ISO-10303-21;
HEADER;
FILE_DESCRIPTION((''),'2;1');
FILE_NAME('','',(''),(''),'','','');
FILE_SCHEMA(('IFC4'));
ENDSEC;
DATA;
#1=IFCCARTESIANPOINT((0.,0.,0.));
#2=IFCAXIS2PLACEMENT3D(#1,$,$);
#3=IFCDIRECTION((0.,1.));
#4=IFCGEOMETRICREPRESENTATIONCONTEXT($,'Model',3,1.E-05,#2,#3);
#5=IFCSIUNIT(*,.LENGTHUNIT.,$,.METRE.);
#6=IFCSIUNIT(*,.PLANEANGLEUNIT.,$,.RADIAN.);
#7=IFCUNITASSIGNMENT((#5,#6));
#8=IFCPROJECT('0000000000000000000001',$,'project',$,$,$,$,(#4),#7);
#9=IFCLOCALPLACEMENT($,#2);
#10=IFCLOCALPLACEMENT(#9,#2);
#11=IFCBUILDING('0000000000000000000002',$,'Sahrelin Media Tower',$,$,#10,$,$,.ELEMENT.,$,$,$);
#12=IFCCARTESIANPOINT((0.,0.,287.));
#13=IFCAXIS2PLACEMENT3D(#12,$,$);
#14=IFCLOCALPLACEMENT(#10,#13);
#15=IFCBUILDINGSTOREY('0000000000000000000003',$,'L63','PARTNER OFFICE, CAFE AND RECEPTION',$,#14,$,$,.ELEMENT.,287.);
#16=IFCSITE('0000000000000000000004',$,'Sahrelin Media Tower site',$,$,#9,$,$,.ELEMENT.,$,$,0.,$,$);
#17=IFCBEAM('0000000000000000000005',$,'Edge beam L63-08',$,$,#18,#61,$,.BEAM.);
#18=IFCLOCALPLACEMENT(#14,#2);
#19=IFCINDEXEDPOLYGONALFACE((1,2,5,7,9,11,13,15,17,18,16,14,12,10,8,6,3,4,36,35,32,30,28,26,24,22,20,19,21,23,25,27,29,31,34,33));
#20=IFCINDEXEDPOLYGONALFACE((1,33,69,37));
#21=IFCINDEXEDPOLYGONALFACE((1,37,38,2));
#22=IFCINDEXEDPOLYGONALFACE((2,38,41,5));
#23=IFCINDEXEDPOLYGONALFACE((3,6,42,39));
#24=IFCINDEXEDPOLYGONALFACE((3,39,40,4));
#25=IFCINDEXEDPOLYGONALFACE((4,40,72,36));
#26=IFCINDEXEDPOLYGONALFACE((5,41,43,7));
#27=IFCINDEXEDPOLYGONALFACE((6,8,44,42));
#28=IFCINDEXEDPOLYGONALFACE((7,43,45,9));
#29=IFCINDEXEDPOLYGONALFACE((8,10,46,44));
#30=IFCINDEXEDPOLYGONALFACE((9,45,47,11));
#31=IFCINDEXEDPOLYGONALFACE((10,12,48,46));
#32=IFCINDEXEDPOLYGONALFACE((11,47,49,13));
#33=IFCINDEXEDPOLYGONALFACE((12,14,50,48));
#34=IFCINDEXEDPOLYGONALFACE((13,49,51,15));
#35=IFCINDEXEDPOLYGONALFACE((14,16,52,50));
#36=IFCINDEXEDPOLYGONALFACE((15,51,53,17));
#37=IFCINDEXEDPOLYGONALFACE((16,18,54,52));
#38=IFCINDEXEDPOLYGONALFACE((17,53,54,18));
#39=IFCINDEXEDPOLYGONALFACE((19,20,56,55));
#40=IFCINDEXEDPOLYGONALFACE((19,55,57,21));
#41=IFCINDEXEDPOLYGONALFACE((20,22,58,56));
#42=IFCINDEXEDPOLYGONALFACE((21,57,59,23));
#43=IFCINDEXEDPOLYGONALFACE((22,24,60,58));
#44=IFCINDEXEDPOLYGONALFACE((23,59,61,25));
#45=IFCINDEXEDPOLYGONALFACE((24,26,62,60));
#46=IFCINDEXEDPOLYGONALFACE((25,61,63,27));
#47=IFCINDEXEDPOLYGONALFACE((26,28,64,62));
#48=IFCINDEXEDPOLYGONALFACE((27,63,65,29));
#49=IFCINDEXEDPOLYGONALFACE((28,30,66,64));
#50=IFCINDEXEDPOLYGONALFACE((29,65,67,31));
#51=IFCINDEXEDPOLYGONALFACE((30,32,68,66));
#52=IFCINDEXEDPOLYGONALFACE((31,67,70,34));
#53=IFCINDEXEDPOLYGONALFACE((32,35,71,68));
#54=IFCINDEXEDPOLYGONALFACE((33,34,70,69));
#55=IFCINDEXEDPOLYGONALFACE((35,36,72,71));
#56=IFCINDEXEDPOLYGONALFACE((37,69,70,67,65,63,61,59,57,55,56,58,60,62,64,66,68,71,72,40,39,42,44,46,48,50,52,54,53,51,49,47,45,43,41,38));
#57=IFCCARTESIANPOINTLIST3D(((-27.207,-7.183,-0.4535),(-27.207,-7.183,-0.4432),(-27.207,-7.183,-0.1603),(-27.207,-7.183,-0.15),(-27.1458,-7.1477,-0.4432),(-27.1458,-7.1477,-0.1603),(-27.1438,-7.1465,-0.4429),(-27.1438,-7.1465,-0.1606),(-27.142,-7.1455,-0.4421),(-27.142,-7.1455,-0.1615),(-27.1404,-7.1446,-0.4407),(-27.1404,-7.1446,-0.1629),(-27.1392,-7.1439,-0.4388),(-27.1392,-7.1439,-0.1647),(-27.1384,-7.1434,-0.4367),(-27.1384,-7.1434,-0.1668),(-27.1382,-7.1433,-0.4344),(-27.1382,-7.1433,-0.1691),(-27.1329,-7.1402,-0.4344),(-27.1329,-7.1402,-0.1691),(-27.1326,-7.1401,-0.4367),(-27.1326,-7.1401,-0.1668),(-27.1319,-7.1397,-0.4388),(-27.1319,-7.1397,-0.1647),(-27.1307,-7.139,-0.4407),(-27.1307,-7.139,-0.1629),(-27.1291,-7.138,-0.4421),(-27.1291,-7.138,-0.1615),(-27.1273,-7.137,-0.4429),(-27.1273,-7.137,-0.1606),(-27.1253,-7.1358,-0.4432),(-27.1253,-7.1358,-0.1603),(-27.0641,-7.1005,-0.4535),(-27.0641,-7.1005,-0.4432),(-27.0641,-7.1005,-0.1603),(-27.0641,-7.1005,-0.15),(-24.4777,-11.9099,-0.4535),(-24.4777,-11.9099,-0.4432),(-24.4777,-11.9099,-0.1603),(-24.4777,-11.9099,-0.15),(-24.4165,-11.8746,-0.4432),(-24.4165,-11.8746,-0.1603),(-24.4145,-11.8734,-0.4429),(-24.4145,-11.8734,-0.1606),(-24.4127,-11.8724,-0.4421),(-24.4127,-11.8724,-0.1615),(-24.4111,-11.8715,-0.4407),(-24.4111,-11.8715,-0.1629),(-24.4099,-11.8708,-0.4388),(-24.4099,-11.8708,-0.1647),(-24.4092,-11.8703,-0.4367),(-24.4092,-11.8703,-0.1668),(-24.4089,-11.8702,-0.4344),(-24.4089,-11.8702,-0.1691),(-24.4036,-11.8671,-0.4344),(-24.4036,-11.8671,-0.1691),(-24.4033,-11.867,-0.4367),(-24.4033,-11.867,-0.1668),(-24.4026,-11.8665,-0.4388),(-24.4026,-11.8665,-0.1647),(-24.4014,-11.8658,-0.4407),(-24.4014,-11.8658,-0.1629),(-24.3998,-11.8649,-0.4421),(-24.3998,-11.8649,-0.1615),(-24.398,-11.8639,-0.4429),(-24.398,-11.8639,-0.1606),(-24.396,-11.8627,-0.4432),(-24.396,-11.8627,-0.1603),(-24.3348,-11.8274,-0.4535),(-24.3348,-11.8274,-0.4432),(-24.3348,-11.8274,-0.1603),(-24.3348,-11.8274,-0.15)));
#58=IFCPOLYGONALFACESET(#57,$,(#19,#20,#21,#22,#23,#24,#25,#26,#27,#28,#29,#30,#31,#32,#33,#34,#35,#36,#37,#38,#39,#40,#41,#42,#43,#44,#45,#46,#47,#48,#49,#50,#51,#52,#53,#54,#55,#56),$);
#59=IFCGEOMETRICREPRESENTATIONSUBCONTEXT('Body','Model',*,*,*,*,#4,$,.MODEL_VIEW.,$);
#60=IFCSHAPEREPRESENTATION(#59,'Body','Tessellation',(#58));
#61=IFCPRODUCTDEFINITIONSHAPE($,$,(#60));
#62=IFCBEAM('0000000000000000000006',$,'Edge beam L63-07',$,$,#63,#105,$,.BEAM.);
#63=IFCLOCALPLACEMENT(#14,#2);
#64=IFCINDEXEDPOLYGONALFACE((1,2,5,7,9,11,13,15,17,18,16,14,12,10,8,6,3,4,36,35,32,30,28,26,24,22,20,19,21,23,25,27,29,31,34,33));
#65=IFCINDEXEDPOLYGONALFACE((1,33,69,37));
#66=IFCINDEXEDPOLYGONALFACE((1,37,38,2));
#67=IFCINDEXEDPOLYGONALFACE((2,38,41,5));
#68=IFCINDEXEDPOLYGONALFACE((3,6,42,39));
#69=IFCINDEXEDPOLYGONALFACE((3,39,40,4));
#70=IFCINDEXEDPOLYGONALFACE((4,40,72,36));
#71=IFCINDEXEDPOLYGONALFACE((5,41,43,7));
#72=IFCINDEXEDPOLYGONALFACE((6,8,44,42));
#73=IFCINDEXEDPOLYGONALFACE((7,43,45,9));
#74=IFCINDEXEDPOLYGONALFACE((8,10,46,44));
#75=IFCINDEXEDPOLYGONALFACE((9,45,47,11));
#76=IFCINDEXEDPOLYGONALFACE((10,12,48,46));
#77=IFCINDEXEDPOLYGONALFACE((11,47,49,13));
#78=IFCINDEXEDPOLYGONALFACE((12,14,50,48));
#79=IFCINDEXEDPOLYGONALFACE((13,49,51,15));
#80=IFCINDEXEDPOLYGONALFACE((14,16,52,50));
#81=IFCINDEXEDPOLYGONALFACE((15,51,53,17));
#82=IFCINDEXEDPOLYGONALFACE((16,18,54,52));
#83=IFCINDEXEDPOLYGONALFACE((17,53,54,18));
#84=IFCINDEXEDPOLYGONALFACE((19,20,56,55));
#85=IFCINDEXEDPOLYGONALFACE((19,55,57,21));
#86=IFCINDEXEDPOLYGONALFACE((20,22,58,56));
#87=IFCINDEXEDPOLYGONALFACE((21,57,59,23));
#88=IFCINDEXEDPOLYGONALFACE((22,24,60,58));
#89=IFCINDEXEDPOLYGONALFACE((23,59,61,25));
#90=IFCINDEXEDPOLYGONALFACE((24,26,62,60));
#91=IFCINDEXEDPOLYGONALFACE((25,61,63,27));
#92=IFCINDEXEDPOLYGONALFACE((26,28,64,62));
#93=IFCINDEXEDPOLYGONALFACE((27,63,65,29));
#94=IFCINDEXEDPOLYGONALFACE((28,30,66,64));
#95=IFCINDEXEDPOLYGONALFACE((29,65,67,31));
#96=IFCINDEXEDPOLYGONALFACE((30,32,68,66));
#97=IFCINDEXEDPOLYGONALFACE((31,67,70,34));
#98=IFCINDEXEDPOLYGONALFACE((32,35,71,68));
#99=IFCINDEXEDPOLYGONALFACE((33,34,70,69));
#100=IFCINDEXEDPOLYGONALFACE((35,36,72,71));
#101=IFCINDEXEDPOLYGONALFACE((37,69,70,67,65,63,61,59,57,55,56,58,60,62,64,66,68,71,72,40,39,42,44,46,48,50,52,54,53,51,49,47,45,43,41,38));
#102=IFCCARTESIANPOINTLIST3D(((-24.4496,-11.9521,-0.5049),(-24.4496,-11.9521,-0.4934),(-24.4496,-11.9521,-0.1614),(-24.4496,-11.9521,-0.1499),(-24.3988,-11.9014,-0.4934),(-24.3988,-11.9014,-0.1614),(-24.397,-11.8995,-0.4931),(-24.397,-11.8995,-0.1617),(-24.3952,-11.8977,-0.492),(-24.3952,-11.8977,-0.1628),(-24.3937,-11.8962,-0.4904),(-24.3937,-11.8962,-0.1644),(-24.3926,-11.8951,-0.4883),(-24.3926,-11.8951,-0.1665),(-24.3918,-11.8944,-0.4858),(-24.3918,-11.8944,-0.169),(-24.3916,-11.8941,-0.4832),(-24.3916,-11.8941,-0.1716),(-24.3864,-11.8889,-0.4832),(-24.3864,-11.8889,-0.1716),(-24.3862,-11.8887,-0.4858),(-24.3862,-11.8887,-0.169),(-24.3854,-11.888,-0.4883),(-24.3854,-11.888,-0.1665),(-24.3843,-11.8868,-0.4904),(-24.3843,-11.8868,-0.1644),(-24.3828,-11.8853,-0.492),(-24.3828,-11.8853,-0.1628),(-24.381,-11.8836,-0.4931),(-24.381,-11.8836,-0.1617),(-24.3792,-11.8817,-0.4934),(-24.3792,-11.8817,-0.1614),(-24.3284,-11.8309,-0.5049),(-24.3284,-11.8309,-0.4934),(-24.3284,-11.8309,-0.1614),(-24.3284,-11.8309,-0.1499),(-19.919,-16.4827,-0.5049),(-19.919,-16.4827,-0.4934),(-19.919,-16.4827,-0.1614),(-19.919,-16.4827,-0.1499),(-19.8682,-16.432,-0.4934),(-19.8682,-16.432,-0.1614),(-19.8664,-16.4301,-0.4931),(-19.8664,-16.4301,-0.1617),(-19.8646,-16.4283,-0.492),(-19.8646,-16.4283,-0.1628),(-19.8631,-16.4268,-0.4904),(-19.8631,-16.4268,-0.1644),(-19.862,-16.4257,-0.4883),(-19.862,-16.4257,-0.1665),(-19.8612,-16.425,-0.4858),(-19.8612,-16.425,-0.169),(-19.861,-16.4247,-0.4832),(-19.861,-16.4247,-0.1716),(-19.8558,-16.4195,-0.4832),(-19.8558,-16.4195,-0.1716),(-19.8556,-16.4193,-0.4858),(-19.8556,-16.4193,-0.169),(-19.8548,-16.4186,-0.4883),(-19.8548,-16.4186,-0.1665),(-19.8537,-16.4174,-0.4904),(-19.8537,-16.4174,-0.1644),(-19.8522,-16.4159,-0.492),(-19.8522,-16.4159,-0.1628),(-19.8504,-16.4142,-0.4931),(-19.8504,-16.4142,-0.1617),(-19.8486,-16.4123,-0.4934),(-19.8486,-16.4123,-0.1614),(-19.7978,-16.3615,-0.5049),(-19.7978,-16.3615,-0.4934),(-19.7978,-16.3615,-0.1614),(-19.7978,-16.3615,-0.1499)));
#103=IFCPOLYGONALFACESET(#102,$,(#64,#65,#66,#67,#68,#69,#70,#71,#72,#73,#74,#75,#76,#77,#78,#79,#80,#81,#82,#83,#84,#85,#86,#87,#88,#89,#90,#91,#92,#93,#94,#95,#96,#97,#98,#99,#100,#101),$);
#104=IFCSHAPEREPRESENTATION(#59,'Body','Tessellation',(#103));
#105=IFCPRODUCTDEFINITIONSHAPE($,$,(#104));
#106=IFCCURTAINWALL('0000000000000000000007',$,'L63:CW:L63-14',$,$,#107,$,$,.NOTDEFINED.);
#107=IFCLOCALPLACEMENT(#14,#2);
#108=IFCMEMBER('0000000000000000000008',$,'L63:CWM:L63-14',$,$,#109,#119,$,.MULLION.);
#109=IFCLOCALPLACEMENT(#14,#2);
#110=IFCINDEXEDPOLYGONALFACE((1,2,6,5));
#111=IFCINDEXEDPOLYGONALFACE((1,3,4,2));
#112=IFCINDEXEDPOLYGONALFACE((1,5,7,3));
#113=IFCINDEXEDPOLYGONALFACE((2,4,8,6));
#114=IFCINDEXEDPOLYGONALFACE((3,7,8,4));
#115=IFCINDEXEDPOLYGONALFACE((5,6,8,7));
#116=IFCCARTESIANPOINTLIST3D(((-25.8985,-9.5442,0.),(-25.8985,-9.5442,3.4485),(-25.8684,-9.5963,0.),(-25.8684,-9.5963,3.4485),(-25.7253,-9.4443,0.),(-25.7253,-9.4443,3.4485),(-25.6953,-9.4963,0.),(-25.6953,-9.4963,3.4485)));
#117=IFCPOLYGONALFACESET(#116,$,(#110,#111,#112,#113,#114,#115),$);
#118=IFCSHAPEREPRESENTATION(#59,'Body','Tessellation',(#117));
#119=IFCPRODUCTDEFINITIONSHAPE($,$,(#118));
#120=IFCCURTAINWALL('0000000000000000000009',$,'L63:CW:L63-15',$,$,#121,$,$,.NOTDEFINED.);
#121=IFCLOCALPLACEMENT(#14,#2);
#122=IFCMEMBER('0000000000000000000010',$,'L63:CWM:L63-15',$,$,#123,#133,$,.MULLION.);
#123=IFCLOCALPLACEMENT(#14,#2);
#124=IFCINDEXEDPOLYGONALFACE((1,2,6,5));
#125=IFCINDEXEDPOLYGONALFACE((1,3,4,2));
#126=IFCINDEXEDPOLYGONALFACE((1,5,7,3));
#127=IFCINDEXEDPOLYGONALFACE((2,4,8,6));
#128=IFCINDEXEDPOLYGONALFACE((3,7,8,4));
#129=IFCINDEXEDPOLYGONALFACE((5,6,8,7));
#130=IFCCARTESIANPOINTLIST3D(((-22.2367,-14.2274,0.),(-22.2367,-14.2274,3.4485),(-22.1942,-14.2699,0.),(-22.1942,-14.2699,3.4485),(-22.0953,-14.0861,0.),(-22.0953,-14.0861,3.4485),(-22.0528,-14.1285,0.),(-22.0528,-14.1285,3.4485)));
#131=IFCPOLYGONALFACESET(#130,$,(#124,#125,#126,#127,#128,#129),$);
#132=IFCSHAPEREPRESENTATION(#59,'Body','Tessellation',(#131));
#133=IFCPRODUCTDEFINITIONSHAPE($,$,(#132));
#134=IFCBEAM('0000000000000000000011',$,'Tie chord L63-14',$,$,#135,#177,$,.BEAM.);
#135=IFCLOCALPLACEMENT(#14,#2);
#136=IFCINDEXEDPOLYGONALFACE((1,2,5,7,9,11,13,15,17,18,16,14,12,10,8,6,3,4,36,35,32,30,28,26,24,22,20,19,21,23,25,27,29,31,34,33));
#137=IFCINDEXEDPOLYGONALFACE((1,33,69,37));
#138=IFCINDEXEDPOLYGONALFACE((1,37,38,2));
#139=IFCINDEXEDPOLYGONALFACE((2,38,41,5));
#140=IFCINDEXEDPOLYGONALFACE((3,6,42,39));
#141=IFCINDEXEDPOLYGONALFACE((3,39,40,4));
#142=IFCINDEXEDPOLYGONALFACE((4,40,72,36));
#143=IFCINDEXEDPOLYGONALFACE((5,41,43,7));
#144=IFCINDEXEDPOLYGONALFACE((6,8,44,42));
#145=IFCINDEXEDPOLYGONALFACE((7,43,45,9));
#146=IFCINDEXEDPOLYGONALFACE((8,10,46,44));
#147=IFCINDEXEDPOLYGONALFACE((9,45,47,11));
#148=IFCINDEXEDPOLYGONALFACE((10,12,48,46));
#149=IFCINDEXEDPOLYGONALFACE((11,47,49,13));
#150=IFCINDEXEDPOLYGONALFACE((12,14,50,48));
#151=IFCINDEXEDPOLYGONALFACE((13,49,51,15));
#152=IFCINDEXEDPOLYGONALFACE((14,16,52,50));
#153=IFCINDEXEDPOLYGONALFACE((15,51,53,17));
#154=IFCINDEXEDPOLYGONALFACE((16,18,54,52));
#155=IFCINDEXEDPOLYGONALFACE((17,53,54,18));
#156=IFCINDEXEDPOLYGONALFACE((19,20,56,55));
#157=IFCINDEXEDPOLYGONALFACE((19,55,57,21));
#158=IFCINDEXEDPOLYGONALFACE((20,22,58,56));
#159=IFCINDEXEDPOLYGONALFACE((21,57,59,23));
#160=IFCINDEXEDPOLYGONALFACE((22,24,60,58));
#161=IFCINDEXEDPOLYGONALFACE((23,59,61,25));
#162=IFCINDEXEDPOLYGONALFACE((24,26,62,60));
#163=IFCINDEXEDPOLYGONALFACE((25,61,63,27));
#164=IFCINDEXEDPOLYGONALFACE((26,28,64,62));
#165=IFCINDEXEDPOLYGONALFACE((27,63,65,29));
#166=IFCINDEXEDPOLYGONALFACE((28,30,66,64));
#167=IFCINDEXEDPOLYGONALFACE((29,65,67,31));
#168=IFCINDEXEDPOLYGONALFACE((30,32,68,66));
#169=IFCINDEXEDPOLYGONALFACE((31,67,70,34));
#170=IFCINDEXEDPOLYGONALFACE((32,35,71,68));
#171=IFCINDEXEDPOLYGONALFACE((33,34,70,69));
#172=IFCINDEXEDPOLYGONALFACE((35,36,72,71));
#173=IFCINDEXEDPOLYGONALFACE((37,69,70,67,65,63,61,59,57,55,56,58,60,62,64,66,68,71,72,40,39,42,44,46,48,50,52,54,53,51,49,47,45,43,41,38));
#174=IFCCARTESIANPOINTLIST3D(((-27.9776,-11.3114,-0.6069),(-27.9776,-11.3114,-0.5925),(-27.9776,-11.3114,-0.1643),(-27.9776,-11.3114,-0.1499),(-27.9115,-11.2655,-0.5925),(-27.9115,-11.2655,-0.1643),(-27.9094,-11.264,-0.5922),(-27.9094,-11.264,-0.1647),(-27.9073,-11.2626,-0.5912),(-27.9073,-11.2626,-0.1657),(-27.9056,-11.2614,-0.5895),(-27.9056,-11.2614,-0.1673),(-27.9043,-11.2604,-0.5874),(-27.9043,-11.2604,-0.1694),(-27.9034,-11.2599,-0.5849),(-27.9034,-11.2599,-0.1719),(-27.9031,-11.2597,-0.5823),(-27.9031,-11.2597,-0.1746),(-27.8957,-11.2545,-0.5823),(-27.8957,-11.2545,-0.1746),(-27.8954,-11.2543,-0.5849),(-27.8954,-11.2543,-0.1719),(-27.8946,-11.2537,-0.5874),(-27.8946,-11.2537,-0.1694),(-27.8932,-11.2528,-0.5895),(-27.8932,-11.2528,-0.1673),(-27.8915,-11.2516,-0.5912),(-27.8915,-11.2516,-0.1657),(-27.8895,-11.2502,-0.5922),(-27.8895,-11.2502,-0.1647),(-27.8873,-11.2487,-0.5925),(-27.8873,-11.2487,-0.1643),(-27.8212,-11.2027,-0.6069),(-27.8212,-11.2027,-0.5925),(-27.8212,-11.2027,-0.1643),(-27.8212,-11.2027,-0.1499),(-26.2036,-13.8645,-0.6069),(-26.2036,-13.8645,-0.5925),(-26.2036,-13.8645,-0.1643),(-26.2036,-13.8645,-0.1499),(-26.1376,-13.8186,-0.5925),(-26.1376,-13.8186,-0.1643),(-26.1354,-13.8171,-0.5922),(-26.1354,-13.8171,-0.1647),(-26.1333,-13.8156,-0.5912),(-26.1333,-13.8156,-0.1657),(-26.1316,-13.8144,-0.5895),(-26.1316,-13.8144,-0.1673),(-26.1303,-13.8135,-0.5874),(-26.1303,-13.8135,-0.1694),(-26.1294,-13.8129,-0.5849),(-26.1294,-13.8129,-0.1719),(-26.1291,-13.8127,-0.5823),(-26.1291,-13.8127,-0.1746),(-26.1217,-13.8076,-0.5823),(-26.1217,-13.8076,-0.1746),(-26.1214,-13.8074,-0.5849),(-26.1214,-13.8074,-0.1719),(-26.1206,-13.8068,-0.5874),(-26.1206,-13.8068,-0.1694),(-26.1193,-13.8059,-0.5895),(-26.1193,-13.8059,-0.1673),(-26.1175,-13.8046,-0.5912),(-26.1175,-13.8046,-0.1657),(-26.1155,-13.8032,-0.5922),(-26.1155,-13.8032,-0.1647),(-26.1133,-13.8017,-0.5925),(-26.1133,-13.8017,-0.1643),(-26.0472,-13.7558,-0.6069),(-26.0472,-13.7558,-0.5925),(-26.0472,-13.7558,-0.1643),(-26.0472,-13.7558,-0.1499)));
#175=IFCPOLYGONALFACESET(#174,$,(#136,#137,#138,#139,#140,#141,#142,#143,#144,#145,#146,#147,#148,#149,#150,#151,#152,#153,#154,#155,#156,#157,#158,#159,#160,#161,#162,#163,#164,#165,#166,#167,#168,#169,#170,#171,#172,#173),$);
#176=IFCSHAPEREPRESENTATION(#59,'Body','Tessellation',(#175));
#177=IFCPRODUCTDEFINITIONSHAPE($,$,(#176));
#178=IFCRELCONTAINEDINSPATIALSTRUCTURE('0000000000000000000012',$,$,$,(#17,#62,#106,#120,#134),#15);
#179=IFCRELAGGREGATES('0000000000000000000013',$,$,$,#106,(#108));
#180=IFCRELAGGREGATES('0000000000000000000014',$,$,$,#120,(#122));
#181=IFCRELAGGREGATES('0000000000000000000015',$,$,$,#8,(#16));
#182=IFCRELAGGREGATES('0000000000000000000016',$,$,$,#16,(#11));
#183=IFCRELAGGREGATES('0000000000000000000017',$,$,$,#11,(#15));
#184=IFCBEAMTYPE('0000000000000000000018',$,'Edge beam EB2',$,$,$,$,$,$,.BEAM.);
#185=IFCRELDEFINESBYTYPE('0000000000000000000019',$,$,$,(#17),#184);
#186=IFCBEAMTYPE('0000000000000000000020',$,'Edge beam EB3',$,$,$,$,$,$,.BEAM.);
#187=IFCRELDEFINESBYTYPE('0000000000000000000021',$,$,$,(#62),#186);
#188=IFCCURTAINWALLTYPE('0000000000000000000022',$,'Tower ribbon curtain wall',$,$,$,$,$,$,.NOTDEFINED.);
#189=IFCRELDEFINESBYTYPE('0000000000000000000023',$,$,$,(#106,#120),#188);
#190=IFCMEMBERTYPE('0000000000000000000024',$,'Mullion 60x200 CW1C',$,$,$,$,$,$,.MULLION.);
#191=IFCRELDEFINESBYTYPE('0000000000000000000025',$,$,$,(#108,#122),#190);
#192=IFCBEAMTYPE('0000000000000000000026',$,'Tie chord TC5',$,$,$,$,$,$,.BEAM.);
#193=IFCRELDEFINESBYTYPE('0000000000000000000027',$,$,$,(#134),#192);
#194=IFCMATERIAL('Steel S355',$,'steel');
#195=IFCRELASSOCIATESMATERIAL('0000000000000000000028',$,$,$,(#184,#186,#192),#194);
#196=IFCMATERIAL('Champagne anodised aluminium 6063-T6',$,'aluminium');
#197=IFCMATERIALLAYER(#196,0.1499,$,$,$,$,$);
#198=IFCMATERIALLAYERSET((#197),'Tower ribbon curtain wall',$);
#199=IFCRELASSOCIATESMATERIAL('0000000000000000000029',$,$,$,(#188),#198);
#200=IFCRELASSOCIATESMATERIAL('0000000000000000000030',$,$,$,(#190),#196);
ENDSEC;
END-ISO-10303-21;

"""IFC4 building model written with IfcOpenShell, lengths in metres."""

from ifc_helpers import new_model, si_unit, direction, frame, origin, origin_2d, place, context, subcontext, project, spatial, rectangle, i_section, extrude, material, layer, layer_set, material_profile, profile_set, type_object, element, aggregate, save


model = new_model("IFC4")

# Units and contexts
model_context = context("Model", 3, precision=1e-05, world=origin(), true_north=direction((0.0, 1.0)))
body_context = subcontext(model_context, "Body", "Model", "MODEL_VIEW")
ifc_project = project(units=[si_unit("LENGTHUNIT", "METRE"), si_unit("PLANEANGLEUNIT", "RADIAN")], contexts=[model_context])

# Site, building, storey
site_placement = place(None, origin())
site = spatial("IfcSite", under=ifc_project, at=site_placement, Name="Sahrelin Media Tower site", CompositionType="ELEMENT", RefElevation=0.0)
building_placement = place(site_placement, origin())
building = spatial("IfcBuilding", under=site, at=building_placement, Name="Sahrelin Media Tower", CompositionType="ELEMENT")
storey_placement = place(building_placement, frame((0.0, 0.0, 287.0)))
storey = spatial("IfcBuildingStorey", under=building, at=storey_placement, Name="L63", Description="PARTNER OFFICE, CAFE AND RECEPTION", CompositionType="ELEMENT", Elevation=287.0)

# Beams
ifc_material_1 = material(Name="Steel S355", Category="steel")
ifc_material_profile_1 = material_profile(ifc_material_1, i_section(OverallWidth=0.165, OverallDepth=0.3035, WebThickness=0.0061, FlangeThickness=0.0103, FilletRadius=0.0088, at=origin_2d()), Name="UB 305x165x40")
ifc_profile_set_1 = profile_set([ifc_material_profile_1], Name="Steel S355")
beam_type_1 = type_object("IfcBeamType", Name="Edge beam EB2", PredefinedType="BEAM", material=ifc_profile_set_1)
beam_1_placement = place(storey_placement, frame((-24.4062, -11.8687, -0.3018), z_axis=(-0.500031, 0.866008, 0.0), x_axis=(-0.866008, -0.500031, 0.0)))
element("IfcBeam", 1, at=beam_1_placement, inside=storey, type_object=beam_type_1, Name="Edge beam L63-08", PredefinedType="BEAM", context=body_context, shape_type="SweptSolid", body=[
    extrude(i_section(OverallWidth=0.165, OverallDepth=0.3035, WebThickness=0.0061, FlangeThickness=0.0103, FilletRadius=0.0088, at=origin_2d()), origin(), (0.0, 0.0, 1.0), 5.4583),
])
ifc_material_profile_2 = material_profile(ifc_material_1, i_section(OverallWidth=0.1714, OverallDepth=0.355, WebThickness=0.0073, FlangeThickness=0.0115, FilletRadius=0.0103, at=origin_2d()), Name="UB 356x171x51")
ifc_profile_set_2 = profile_set([ifc_material_profile_2], Name="Steel S355")
beam_type_2 = type_object("IfcBeamType", Name="Edge beam EB3", PredefinedType="BEAM", material=ifc_profile_set_2)
beam_2_placement = place(storey_placement, frame((-19.8584, -16.4221, -0.3274), z_axis=(-0.707107, 0.707107, 0.0), x_axis=(-0.707107, -0.707107, 0.0)))
element("IfcBeam", 2, at=beam_2_placement, inside=storey, type_object=beam_type_2, Name="Edge beam L63-07", PredefinedType="BEAM", context=body_context, shape_type="SweptSolid", body=[
    extrude(i_section(OverallWidth=0.1714, OverallDepth=0.355, WebThickness=0.0073, FlangeThickness=0.0115, FilletRadius=0.0103, at=origin_2d()), origin(), (0.0, 0.0, 1.0), 6.4072),
])

# Curtain walls, members
ifc_material_2 = material(Name="Champagne anodised aluminium 6063-T6", Category="aluminium")
ifc_layer_1 = layer(ifc_material_2, 0.1499)
ifc_layer_set_1 = layer_set([ifc_layer_1], Name="Tower ribbon curtain wall")
curtain_wall_type = type_object("IfcCurtainWallType", Name="Tower ribbon curtain wall", PredefinedType="NOTDEFINED", material=ifc_layer_set_1)
curtain_wall_1_placement = place(storey_placement, frame((-25.9006, -9.5801, 0.0), z_axis=(0.0, 0.0, 1.0), x_axis=(1.0, 0.0, 0.0)))
curtain_wall_1 = element("IfcCurtainWall", 3, at=curtain_wall_1_placement, inside=storey, type_object=curtain_wall_type, Name="L63:CW:L63-14", PredefinedType="NOTDEFINED")
ifc_material_profile_3 = material_profile(ifc_material_2, rectangle(XDim=0.0601, YDim=0.2, at=origin_2d()), Name="Mullion 60x200")
ifc_profile_set_3 = profile_set([ifc_material_profile_3], Name="Champagne anodised aluminium 6063-T6")
member_type_1 = type_object("IfcMemberType", Name="Mullion 60x200 CW1C", PredefinedType="MULLION", material=ifc_profile_set_3)
member_1_placement = place(storey_placement, frame((-25.7969, -9.5203, 0.0), z_axis=(0.0, 0.0, 1.0), x_axis=(0.500006, -0.866022, 0.0)))
member_1 = element("IfcMember", 4, at=member_1_placement, type_object=member_type_1, Name="L63:CWM:L63-14", PredefinedType="MULLION", context=body_context, shape_type="SweptSolid", body=[
    extrude(rectangle(XDim=0.0601, YDim=0.2, at=origin_2d()), origin(), (0.0, 0.0, 1.0), 3.4485),
])
aggregate(curtain_wall_1, [member_1])
curtain_wall_2_placement = place(storey_placement, frame((-22.2295, -14.2627, 0.0), z_axis=(0.0, 0.0, 1.0), x_axis=(1.0, 0.0, 0.0)))
curtain_wall_2 = element("IfcCurtainWall", 5, at=curtain_wall_2_placement, inside=storey, type_object=curtain_wall_type, Name="L63:CW:L63-15", PredefinedType="NOTDEFINED")
member_2_placement = place(storey_placement, frame((-22.1448, -14.178, 0.0), z_axis=(0.0, 0.0, 1.0), x_axis=(0.707099, -0.707114, 0.0)))
member_2 = element("IfcMember", 6, at=member_2_placement, type_object=member_type_1, Name="L63:CWM:L63-15", PredefinedType="MULLION", context=body_context, shape_type="SweptSolid", body=[
    extrude(rectangle(XDim=0.0601, YDim=0.2, at=origin_2d()), origin(), (0.0, 0.0, 1.0), 3.4485),
])

# Beam
ifc_material_profile_4 = material_profile(ifc_material_1, i_section(OverallWidth=0.1904, OverallDepth=0.457, WebThickness=0.009, FlangeThickness=0.0144, FilletRadius=0.0103, at=origin_2d()), Name="UB 457x191x74")
ifc_profile_set_4 = profile_set([ifc_material_profile_4], Name="Steel S355")
beam_type_3 = type_object("IfcBeamType", Name="Tie chord TC5", PredefinedType="BEAM", material=ifc_profile_set_4)
beam_3_placement = place(storey_placement, frame((-27.8994, -11.2571, -0.3784), z_axis=(0.570618, -0.821216, 0.0), x_axis=(0.821216, 0.570618, 0.0)))
element("IfcBeam", 7, at=beam_3_placement, inside=storey, type_object=beam_type_3, Name="Tie chord L63-14", PredefinedType="BEAM", context=body_context, shape_type="SweptSolid", body=[
    extrude(i_section(OverallWidth=0.1904, OverallDepth=0.457, WebThickness=0.009, FlangeThickness=0.0144, FilletRadius=0.0103, at=origin_2d()), origin(), (0.0, 0.0, 1.0), 3.1089),
])

aggregate(curtain_wall_2, [member_2])

save(model, "model.ifc")
